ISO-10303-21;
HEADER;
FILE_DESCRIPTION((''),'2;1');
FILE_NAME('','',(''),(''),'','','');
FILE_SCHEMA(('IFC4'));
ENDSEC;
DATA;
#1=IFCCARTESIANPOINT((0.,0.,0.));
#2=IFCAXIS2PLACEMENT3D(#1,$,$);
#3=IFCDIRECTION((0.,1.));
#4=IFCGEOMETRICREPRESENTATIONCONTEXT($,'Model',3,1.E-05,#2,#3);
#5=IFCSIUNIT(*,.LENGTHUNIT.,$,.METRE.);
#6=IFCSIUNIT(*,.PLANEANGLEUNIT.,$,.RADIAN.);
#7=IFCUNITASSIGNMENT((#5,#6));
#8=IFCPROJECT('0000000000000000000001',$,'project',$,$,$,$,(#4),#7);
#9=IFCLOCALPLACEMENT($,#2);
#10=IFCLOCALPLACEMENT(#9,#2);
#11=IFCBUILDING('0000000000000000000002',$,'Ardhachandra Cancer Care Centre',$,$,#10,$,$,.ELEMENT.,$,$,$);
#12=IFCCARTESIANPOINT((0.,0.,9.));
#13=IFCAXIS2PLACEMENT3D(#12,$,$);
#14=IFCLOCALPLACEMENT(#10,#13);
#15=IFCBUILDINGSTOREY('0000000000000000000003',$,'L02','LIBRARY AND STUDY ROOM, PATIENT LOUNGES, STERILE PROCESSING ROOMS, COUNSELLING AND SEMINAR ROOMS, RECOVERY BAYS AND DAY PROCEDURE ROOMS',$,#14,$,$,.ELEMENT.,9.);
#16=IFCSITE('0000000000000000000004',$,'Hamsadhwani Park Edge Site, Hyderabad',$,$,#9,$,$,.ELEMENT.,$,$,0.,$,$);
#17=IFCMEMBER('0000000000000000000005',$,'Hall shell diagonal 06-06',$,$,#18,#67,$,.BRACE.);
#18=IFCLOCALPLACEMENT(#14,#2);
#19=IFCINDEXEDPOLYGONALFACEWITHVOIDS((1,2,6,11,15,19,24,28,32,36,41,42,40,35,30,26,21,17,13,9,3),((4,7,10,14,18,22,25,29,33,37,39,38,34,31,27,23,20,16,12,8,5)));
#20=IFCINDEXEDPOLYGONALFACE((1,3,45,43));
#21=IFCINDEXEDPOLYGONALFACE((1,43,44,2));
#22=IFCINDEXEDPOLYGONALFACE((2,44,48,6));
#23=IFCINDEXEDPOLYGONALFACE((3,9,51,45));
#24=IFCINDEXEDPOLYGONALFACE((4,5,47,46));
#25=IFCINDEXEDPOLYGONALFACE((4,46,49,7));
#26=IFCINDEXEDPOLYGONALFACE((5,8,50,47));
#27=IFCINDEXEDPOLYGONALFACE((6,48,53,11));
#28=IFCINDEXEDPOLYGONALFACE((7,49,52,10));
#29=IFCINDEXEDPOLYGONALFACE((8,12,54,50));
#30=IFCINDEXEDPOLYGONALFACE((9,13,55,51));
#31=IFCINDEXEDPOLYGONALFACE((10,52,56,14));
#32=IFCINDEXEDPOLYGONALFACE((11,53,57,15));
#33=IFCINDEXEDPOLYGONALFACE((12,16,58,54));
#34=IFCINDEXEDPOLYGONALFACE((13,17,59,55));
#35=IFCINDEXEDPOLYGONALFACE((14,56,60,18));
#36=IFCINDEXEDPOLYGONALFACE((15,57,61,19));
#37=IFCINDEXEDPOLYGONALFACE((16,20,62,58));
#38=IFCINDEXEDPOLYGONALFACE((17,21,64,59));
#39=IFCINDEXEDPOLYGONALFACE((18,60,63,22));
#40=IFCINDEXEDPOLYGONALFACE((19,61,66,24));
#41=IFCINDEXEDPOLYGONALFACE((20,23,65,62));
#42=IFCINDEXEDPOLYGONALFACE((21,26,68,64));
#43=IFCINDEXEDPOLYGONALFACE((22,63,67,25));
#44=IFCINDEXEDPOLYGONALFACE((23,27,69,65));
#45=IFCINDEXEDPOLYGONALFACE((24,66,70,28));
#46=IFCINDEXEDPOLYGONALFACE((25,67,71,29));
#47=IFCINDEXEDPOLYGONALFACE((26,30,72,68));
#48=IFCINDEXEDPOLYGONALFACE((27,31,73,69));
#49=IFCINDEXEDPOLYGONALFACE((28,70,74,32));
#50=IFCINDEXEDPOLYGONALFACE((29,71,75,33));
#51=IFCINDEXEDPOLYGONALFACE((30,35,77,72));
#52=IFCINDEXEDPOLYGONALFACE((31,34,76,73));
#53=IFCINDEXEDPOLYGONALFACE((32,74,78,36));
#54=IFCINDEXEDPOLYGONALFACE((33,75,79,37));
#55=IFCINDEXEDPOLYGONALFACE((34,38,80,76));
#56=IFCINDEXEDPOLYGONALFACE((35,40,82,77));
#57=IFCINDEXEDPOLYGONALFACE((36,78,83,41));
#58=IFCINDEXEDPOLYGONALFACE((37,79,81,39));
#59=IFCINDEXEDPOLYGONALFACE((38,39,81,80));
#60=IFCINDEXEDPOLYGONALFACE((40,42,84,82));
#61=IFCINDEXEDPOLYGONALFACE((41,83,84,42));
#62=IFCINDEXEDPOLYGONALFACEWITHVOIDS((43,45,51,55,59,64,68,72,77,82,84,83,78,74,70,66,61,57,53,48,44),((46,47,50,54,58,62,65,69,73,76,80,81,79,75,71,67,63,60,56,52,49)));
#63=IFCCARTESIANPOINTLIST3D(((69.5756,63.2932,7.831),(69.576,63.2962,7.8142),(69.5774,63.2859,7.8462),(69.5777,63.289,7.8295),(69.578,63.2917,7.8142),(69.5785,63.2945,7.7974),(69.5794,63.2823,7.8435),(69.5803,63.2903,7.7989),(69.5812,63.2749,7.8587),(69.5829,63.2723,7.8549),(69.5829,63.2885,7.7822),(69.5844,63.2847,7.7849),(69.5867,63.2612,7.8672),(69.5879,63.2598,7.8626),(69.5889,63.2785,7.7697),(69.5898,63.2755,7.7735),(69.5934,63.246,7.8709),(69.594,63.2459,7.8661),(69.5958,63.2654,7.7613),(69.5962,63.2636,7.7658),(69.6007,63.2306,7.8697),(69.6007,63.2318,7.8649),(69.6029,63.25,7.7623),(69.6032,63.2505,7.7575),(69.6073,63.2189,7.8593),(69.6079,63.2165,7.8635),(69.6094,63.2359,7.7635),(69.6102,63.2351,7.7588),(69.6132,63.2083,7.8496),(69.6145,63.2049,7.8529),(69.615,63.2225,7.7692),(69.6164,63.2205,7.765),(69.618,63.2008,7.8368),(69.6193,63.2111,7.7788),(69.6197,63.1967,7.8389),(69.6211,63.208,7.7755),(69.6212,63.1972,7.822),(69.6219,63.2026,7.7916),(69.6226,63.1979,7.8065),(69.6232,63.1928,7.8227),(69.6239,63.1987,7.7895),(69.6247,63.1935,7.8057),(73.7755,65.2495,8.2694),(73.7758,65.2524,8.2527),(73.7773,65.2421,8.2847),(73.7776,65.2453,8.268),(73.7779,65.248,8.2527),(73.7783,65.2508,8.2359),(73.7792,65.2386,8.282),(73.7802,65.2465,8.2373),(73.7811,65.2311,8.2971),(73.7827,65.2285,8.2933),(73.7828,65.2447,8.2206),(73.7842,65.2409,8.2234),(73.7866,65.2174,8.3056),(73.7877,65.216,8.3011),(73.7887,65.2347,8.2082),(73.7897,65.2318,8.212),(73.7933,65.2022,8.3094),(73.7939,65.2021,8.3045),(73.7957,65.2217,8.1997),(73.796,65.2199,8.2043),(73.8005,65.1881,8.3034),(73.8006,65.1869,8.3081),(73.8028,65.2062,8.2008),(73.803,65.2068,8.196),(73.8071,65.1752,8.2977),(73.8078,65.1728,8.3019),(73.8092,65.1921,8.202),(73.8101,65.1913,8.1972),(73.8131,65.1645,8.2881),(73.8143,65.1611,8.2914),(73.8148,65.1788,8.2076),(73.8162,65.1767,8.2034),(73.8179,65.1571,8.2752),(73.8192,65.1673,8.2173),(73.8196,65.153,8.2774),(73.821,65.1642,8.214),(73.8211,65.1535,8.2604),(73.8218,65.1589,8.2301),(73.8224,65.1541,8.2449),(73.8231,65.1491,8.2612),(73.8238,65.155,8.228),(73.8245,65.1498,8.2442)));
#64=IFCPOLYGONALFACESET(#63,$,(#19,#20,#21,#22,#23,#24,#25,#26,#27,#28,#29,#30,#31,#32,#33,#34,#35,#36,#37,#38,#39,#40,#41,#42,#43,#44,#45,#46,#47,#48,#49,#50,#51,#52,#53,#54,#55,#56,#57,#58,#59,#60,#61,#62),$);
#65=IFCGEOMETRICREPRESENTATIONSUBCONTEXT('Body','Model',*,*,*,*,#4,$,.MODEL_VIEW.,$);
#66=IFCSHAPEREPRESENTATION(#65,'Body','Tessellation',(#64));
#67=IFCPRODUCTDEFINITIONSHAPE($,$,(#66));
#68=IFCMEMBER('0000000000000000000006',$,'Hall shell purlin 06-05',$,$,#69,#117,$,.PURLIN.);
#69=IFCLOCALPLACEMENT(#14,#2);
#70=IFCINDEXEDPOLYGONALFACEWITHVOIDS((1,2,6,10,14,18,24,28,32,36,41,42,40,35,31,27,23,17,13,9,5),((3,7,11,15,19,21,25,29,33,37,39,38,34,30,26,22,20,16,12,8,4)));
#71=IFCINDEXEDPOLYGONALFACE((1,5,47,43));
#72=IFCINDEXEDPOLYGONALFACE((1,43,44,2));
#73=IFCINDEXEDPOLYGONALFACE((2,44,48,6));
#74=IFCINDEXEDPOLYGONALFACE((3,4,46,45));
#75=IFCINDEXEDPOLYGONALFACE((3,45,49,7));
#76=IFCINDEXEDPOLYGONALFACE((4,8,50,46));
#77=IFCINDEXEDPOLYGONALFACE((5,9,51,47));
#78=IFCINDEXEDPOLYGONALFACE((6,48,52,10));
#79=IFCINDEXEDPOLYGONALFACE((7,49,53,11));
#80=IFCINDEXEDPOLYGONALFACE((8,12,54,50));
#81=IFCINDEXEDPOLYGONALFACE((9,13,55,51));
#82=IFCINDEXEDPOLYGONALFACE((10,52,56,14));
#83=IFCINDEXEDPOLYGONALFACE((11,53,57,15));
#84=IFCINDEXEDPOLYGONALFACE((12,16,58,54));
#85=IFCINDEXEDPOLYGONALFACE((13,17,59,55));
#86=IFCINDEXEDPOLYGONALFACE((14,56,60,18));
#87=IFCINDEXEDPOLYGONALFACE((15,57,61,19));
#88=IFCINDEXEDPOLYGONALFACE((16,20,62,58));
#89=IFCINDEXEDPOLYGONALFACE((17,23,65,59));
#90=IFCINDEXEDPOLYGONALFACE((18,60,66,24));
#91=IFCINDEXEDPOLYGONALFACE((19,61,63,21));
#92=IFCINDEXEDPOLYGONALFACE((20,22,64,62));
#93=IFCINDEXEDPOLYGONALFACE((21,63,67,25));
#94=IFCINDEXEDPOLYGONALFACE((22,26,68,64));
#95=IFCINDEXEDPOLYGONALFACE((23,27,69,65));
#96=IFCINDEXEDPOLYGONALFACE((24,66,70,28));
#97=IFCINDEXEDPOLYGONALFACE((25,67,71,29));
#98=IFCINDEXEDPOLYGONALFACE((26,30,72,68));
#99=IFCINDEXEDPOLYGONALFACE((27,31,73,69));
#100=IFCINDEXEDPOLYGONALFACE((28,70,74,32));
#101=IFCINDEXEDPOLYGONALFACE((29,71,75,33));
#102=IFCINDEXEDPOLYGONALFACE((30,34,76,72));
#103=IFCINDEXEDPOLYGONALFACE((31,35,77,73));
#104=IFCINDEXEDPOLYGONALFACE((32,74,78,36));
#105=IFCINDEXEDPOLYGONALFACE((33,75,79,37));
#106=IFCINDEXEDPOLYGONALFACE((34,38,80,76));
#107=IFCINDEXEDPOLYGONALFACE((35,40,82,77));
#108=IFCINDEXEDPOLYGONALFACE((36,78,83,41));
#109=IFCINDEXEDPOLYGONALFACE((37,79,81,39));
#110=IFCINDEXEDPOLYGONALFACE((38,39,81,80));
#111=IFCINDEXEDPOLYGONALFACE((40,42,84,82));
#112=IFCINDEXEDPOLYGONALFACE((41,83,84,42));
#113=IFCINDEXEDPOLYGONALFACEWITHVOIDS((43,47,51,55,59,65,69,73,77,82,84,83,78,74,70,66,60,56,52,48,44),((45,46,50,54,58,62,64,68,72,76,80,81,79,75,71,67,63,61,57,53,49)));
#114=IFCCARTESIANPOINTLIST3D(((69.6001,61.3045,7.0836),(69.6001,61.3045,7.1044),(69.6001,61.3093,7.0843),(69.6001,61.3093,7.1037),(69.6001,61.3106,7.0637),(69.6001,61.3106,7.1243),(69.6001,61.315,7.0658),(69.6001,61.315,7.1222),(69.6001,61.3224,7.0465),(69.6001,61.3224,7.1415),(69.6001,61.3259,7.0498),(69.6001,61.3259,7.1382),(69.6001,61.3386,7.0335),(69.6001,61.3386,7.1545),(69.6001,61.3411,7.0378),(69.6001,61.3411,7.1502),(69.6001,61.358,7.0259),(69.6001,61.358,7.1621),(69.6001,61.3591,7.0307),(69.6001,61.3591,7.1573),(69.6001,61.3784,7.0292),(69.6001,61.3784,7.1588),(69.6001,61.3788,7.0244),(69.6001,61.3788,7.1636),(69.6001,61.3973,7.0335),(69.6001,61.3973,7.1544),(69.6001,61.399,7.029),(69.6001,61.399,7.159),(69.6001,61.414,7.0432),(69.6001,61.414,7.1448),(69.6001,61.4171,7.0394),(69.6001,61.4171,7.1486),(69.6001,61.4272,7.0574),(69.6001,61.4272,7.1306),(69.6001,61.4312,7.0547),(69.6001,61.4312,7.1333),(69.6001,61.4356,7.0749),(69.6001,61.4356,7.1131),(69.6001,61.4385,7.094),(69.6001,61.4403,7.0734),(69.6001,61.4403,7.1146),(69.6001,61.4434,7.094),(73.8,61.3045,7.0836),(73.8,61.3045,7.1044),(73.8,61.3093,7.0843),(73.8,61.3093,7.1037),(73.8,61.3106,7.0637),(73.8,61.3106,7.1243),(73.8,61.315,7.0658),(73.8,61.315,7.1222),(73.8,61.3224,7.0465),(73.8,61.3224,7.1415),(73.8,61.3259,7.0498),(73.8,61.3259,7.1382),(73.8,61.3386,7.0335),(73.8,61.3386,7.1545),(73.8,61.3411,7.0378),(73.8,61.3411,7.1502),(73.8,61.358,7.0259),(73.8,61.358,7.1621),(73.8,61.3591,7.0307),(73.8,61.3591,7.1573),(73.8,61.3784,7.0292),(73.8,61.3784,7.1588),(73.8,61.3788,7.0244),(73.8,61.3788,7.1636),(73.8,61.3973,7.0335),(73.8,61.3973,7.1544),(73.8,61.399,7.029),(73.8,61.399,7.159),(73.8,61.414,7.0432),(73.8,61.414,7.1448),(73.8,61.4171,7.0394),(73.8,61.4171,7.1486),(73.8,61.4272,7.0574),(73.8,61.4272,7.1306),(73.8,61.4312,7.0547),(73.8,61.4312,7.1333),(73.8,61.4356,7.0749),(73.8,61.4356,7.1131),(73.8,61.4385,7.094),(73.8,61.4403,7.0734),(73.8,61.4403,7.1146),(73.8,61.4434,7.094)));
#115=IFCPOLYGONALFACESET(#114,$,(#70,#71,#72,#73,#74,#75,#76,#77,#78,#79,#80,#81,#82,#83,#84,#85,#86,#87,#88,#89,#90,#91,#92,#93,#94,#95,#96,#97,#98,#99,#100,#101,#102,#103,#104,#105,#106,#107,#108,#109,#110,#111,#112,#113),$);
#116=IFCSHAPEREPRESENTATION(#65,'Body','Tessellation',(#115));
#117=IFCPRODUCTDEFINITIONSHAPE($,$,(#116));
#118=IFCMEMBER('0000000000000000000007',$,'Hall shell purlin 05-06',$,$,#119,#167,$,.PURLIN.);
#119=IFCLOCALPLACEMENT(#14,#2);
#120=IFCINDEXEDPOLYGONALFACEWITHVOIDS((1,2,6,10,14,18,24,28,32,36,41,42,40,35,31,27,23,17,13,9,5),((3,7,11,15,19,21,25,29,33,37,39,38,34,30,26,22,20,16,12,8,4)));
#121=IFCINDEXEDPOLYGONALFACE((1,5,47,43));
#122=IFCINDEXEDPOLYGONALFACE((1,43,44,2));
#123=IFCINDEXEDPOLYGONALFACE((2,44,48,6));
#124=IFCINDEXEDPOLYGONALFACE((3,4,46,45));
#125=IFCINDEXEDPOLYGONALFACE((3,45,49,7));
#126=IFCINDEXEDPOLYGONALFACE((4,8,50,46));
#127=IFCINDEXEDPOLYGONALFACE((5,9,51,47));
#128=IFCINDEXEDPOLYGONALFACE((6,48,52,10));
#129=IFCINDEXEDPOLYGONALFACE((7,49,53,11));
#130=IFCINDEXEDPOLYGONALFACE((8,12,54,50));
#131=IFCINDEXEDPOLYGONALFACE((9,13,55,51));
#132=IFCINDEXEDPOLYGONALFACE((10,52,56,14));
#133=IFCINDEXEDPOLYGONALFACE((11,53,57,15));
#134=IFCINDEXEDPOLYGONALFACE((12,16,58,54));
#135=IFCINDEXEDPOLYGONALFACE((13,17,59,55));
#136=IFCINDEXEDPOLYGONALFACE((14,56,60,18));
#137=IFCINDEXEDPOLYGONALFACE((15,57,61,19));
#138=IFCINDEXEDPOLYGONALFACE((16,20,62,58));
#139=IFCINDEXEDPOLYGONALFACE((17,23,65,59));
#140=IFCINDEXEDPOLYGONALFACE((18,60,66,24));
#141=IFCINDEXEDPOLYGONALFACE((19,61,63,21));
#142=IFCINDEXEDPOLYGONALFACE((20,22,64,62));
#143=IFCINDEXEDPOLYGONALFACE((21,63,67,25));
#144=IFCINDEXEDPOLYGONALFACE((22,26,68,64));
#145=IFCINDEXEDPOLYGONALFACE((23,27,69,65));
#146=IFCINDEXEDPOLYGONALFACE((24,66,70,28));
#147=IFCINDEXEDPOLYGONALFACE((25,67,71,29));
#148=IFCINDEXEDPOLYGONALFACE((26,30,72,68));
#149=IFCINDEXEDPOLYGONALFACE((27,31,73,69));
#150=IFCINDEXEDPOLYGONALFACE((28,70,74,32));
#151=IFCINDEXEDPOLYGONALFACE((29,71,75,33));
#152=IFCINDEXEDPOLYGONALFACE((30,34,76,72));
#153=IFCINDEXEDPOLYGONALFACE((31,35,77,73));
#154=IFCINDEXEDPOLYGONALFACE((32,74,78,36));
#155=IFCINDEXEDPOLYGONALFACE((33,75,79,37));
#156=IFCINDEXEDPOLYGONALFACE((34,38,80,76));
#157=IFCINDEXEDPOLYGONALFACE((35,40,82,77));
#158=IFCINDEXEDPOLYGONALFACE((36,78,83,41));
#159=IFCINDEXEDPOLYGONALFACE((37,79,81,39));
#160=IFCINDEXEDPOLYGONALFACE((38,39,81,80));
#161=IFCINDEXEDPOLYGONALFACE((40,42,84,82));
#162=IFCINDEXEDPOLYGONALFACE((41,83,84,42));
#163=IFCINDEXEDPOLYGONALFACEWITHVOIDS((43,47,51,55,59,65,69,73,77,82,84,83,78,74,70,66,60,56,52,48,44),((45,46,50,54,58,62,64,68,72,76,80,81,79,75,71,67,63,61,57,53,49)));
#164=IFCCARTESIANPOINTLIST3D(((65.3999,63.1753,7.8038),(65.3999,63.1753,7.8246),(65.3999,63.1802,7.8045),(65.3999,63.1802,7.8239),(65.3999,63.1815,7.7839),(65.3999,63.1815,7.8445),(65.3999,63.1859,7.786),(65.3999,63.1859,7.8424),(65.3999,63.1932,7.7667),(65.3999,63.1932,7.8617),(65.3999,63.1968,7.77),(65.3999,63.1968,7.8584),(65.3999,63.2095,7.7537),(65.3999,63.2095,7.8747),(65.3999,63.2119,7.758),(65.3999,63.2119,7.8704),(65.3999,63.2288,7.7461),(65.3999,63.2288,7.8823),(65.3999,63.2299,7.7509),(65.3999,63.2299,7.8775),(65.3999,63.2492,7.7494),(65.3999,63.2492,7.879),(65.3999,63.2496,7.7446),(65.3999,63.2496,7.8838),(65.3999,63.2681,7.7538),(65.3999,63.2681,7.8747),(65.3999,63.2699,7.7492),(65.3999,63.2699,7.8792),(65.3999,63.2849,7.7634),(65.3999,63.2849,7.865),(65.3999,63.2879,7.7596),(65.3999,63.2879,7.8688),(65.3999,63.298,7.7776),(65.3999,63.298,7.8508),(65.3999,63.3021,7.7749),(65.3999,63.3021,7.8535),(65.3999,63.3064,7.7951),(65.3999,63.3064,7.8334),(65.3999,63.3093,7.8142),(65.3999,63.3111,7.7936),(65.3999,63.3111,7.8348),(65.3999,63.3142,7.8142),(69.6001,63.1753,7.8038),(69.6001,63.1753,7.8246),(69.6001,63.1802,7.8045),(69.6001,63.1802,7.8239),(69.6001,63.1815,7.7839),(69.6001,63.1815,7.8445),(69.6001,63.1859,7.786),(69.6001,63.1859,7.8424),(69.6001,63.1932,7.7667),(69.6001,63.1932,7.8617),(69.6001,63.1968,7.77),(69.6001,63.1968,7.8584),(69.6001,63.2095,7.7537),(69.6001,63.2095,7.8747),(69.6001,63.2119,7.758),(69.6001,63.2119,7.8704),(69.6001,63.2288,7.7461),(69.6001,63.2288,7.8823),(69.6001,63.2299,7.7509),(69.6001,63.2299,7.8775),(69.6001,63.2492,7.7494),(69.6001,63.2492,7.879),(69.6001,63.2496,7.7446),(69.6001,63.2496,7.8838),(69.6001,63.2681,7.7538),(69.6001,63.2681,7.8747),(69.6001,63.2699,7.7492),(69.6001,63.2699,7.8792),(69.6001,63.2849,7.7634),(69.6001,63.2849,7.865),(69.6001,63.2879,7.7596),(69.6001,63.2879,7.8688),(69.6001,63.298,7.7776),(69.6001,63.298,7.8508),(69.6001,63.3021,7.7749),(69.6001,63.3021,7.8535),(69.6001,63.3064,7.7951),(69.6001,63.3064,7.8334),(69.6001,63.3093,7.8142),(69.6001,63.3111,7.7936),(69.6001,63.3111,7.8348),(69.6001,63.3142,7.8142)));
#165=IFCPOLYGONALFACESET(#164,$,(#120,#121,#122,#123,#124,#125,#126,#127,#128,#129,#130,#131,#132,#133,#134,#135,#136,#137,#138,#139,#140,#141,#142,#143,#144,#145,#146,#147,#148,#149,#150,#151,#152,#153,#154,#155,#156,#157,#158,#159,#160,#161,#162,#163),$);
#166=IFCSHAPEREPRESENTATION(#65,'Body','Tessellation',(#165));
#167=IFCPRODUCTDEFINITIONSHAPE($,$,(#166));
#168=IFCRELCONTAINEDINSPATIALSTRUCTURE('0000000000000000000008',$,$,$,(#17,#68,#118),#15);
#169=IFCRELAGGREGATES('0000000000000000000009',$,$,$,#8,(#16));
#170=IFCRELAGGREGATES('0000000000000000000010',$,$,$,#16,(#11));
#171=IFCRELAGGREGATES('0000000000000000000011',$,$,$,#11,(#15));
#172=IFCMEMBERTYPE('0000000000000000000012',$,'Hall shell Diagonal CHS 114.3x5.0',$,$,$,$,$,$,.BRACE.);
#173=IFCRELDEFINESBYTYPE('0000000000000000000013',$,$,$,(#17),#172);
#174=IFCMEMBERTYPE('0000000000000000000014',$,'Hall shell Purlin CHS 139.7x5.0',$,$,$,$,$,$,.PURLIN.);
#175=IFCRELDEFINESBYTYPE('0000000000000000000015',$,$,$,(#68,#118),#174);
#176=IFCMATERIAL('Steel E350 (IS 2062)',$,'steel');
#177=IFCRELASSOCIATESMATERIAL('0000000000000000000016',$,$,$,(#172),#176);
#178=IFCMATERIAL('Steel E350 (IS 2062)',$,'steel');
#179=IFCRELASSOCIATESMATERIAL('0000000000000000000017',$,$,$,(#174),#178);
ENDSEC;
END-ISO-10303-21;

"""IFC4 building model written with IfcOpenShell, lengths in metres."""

from ifc_helpers import new_model, si_unit, direction, frame, origin, origin_2d, place, context, subcontext, project, spatial, hollow_circle, extrude, material, material_profile, profile_set, type_object, element, save


model = new_model("IFC4")

# Units and contexts
model_context = context("Model", 3, precision=1e-05, world=origin(), true_north=direction((0.0, 1.0)))
body_context = subcontext(model_context, "Body", "Model", "MODEL_VIEW")
ifc_project = project(units=[si_unit("LENGTHUNIT", "METRE"), si_unit("PLANEANGLEUNIT", "RADIAN")], contexts=[model_context])

# Site, building, storey
site_placement = place(None, origin())
site = spatial("IfcSite", under=ifc_project, at=site_placement, Name="Hamsadhwani Park Edge Site, Hyderabad", CompositionType="ELEMENT", RefElevation=0.0)
building_placement = place(site_placement, origin())
building = spatial("IfcBuilding", under=site, at=building_placement, Name="Ardhachandra Cancer Care Centre", CompositionType="ELEMENT")
storey_placement = place(building_placement, frame((0.0, 0.0, 9.0)))
storey = spatial("IfcBuildingStorey", under=building, at=storey_placement, Name="L02", Description="LIBRARY AND STUDY ROOM, PATIENT LOUNGES, STERILE PROCESSING ROOMS, COUNSELLING AND SEMINAR ROOMS, RECOVERY BAYS AND DAY PROCEDURE ROOMS", CompositionType="ELEMENT", Elevation=9.0)

# Members
ifc_material_1 = material(Name="Steel E350 (IS 2062)", Category="steel")
ifc_material_profile_1 = material_profile(ifc_material_1, hollow_circle(Radius=0.0571, WallThickness=0.0049, at=origin_2d()), Name="CHS 114.3x5.0")
ifc_profile_set_1 = profile_set([ifc_material_profile_1], Name="Steel E350 (IS 2062)")
member_type_1 = type_object("IfcMemberType", Name="Hall shell Diagonal CHS 114.3x5.0", PredefinedType="BRACE", material=ifc_profile_set_1)
member_1_placement = place(storey_placement, frame((69.6001, 63.2444, 7.8142), z_axis=(0.902455, 0.420355, 0.094217), x_axis=(-0.422233, 0.906487, 0.0)))
element("IfcMember", 1, at=member_1_placement, inside=storey, type_object=member_type_1, Name="Hall shell diagonal 06-06", PredefinedType="BRACE", context=body_context, shape_type="SweptSolid", body=[
    extrude(hollow_circle(Radius=0.0571, WallThickness=0.0049, at=origin_2d()), origin(), (0.0, 0.0, 1.0), 4.6538),
])
ifc_material_2 = material(Name="Steel E350 (IS 2062)", Category="steel")
ifc_material_profile_2 = material_profile(ifc_material_2, hollow_circle(Radius=0.0698, WallThickness=0.0049, at=origin_2d()), Name="CHS 139.7x5.0")
ifc_profile_set_2 = profile_set([ifc_material_profile_2], Name="Steel E350 (IS 2062)")
member_type_2 = type_object("IfcMemberType", Name="Hall shell Purlin CHS 139.7x5.0", PredefinedType="PURLIN", material=ifc_profile_set_2)
member_2_placement = place(storey_placement, frame((69.6001, 61.3735, 7.094), z_axis=(1.0, 0.0, 0.0), x_axis=(0.0, 1.0, 0.0)))
element("IfcMember", 2, at=member_2_placement, inside=storey, type_object=member_type_2, Name="Hall shell purlin 06-05", PredefinedType="PURLIN", context=body_context, shape_type="SweptSolid", body=[
    extrude(hollow_circle(Radius=0.0698, WallThickness=0.0049, at=origin_2d()), origin(), (0.0, 0.0, 1.0), 4.2),
])
member_3_placement = place(storey_placement, frame((65.3999, 63.2444, 7.8142), z_axis=(1.0, 0.0, 0.0), x_axis=(0.0, 1.0, 0.0)))
element("IfcMember", 3, at=member_3_placement, inside=storey, type_object=member_type_2, Name="Hall shell purlin 05-06", PredefinedType="PURLIN", context=body_context, shape_type="SweptSolid", body=[
    extrude(hollow_circle(Radius=0.0698, WallThickness=0.0049, at=origin_2d()), origin(), (0.0, 0.0, 1.0), 4.2002),
])

save(model, "model.ifc")
